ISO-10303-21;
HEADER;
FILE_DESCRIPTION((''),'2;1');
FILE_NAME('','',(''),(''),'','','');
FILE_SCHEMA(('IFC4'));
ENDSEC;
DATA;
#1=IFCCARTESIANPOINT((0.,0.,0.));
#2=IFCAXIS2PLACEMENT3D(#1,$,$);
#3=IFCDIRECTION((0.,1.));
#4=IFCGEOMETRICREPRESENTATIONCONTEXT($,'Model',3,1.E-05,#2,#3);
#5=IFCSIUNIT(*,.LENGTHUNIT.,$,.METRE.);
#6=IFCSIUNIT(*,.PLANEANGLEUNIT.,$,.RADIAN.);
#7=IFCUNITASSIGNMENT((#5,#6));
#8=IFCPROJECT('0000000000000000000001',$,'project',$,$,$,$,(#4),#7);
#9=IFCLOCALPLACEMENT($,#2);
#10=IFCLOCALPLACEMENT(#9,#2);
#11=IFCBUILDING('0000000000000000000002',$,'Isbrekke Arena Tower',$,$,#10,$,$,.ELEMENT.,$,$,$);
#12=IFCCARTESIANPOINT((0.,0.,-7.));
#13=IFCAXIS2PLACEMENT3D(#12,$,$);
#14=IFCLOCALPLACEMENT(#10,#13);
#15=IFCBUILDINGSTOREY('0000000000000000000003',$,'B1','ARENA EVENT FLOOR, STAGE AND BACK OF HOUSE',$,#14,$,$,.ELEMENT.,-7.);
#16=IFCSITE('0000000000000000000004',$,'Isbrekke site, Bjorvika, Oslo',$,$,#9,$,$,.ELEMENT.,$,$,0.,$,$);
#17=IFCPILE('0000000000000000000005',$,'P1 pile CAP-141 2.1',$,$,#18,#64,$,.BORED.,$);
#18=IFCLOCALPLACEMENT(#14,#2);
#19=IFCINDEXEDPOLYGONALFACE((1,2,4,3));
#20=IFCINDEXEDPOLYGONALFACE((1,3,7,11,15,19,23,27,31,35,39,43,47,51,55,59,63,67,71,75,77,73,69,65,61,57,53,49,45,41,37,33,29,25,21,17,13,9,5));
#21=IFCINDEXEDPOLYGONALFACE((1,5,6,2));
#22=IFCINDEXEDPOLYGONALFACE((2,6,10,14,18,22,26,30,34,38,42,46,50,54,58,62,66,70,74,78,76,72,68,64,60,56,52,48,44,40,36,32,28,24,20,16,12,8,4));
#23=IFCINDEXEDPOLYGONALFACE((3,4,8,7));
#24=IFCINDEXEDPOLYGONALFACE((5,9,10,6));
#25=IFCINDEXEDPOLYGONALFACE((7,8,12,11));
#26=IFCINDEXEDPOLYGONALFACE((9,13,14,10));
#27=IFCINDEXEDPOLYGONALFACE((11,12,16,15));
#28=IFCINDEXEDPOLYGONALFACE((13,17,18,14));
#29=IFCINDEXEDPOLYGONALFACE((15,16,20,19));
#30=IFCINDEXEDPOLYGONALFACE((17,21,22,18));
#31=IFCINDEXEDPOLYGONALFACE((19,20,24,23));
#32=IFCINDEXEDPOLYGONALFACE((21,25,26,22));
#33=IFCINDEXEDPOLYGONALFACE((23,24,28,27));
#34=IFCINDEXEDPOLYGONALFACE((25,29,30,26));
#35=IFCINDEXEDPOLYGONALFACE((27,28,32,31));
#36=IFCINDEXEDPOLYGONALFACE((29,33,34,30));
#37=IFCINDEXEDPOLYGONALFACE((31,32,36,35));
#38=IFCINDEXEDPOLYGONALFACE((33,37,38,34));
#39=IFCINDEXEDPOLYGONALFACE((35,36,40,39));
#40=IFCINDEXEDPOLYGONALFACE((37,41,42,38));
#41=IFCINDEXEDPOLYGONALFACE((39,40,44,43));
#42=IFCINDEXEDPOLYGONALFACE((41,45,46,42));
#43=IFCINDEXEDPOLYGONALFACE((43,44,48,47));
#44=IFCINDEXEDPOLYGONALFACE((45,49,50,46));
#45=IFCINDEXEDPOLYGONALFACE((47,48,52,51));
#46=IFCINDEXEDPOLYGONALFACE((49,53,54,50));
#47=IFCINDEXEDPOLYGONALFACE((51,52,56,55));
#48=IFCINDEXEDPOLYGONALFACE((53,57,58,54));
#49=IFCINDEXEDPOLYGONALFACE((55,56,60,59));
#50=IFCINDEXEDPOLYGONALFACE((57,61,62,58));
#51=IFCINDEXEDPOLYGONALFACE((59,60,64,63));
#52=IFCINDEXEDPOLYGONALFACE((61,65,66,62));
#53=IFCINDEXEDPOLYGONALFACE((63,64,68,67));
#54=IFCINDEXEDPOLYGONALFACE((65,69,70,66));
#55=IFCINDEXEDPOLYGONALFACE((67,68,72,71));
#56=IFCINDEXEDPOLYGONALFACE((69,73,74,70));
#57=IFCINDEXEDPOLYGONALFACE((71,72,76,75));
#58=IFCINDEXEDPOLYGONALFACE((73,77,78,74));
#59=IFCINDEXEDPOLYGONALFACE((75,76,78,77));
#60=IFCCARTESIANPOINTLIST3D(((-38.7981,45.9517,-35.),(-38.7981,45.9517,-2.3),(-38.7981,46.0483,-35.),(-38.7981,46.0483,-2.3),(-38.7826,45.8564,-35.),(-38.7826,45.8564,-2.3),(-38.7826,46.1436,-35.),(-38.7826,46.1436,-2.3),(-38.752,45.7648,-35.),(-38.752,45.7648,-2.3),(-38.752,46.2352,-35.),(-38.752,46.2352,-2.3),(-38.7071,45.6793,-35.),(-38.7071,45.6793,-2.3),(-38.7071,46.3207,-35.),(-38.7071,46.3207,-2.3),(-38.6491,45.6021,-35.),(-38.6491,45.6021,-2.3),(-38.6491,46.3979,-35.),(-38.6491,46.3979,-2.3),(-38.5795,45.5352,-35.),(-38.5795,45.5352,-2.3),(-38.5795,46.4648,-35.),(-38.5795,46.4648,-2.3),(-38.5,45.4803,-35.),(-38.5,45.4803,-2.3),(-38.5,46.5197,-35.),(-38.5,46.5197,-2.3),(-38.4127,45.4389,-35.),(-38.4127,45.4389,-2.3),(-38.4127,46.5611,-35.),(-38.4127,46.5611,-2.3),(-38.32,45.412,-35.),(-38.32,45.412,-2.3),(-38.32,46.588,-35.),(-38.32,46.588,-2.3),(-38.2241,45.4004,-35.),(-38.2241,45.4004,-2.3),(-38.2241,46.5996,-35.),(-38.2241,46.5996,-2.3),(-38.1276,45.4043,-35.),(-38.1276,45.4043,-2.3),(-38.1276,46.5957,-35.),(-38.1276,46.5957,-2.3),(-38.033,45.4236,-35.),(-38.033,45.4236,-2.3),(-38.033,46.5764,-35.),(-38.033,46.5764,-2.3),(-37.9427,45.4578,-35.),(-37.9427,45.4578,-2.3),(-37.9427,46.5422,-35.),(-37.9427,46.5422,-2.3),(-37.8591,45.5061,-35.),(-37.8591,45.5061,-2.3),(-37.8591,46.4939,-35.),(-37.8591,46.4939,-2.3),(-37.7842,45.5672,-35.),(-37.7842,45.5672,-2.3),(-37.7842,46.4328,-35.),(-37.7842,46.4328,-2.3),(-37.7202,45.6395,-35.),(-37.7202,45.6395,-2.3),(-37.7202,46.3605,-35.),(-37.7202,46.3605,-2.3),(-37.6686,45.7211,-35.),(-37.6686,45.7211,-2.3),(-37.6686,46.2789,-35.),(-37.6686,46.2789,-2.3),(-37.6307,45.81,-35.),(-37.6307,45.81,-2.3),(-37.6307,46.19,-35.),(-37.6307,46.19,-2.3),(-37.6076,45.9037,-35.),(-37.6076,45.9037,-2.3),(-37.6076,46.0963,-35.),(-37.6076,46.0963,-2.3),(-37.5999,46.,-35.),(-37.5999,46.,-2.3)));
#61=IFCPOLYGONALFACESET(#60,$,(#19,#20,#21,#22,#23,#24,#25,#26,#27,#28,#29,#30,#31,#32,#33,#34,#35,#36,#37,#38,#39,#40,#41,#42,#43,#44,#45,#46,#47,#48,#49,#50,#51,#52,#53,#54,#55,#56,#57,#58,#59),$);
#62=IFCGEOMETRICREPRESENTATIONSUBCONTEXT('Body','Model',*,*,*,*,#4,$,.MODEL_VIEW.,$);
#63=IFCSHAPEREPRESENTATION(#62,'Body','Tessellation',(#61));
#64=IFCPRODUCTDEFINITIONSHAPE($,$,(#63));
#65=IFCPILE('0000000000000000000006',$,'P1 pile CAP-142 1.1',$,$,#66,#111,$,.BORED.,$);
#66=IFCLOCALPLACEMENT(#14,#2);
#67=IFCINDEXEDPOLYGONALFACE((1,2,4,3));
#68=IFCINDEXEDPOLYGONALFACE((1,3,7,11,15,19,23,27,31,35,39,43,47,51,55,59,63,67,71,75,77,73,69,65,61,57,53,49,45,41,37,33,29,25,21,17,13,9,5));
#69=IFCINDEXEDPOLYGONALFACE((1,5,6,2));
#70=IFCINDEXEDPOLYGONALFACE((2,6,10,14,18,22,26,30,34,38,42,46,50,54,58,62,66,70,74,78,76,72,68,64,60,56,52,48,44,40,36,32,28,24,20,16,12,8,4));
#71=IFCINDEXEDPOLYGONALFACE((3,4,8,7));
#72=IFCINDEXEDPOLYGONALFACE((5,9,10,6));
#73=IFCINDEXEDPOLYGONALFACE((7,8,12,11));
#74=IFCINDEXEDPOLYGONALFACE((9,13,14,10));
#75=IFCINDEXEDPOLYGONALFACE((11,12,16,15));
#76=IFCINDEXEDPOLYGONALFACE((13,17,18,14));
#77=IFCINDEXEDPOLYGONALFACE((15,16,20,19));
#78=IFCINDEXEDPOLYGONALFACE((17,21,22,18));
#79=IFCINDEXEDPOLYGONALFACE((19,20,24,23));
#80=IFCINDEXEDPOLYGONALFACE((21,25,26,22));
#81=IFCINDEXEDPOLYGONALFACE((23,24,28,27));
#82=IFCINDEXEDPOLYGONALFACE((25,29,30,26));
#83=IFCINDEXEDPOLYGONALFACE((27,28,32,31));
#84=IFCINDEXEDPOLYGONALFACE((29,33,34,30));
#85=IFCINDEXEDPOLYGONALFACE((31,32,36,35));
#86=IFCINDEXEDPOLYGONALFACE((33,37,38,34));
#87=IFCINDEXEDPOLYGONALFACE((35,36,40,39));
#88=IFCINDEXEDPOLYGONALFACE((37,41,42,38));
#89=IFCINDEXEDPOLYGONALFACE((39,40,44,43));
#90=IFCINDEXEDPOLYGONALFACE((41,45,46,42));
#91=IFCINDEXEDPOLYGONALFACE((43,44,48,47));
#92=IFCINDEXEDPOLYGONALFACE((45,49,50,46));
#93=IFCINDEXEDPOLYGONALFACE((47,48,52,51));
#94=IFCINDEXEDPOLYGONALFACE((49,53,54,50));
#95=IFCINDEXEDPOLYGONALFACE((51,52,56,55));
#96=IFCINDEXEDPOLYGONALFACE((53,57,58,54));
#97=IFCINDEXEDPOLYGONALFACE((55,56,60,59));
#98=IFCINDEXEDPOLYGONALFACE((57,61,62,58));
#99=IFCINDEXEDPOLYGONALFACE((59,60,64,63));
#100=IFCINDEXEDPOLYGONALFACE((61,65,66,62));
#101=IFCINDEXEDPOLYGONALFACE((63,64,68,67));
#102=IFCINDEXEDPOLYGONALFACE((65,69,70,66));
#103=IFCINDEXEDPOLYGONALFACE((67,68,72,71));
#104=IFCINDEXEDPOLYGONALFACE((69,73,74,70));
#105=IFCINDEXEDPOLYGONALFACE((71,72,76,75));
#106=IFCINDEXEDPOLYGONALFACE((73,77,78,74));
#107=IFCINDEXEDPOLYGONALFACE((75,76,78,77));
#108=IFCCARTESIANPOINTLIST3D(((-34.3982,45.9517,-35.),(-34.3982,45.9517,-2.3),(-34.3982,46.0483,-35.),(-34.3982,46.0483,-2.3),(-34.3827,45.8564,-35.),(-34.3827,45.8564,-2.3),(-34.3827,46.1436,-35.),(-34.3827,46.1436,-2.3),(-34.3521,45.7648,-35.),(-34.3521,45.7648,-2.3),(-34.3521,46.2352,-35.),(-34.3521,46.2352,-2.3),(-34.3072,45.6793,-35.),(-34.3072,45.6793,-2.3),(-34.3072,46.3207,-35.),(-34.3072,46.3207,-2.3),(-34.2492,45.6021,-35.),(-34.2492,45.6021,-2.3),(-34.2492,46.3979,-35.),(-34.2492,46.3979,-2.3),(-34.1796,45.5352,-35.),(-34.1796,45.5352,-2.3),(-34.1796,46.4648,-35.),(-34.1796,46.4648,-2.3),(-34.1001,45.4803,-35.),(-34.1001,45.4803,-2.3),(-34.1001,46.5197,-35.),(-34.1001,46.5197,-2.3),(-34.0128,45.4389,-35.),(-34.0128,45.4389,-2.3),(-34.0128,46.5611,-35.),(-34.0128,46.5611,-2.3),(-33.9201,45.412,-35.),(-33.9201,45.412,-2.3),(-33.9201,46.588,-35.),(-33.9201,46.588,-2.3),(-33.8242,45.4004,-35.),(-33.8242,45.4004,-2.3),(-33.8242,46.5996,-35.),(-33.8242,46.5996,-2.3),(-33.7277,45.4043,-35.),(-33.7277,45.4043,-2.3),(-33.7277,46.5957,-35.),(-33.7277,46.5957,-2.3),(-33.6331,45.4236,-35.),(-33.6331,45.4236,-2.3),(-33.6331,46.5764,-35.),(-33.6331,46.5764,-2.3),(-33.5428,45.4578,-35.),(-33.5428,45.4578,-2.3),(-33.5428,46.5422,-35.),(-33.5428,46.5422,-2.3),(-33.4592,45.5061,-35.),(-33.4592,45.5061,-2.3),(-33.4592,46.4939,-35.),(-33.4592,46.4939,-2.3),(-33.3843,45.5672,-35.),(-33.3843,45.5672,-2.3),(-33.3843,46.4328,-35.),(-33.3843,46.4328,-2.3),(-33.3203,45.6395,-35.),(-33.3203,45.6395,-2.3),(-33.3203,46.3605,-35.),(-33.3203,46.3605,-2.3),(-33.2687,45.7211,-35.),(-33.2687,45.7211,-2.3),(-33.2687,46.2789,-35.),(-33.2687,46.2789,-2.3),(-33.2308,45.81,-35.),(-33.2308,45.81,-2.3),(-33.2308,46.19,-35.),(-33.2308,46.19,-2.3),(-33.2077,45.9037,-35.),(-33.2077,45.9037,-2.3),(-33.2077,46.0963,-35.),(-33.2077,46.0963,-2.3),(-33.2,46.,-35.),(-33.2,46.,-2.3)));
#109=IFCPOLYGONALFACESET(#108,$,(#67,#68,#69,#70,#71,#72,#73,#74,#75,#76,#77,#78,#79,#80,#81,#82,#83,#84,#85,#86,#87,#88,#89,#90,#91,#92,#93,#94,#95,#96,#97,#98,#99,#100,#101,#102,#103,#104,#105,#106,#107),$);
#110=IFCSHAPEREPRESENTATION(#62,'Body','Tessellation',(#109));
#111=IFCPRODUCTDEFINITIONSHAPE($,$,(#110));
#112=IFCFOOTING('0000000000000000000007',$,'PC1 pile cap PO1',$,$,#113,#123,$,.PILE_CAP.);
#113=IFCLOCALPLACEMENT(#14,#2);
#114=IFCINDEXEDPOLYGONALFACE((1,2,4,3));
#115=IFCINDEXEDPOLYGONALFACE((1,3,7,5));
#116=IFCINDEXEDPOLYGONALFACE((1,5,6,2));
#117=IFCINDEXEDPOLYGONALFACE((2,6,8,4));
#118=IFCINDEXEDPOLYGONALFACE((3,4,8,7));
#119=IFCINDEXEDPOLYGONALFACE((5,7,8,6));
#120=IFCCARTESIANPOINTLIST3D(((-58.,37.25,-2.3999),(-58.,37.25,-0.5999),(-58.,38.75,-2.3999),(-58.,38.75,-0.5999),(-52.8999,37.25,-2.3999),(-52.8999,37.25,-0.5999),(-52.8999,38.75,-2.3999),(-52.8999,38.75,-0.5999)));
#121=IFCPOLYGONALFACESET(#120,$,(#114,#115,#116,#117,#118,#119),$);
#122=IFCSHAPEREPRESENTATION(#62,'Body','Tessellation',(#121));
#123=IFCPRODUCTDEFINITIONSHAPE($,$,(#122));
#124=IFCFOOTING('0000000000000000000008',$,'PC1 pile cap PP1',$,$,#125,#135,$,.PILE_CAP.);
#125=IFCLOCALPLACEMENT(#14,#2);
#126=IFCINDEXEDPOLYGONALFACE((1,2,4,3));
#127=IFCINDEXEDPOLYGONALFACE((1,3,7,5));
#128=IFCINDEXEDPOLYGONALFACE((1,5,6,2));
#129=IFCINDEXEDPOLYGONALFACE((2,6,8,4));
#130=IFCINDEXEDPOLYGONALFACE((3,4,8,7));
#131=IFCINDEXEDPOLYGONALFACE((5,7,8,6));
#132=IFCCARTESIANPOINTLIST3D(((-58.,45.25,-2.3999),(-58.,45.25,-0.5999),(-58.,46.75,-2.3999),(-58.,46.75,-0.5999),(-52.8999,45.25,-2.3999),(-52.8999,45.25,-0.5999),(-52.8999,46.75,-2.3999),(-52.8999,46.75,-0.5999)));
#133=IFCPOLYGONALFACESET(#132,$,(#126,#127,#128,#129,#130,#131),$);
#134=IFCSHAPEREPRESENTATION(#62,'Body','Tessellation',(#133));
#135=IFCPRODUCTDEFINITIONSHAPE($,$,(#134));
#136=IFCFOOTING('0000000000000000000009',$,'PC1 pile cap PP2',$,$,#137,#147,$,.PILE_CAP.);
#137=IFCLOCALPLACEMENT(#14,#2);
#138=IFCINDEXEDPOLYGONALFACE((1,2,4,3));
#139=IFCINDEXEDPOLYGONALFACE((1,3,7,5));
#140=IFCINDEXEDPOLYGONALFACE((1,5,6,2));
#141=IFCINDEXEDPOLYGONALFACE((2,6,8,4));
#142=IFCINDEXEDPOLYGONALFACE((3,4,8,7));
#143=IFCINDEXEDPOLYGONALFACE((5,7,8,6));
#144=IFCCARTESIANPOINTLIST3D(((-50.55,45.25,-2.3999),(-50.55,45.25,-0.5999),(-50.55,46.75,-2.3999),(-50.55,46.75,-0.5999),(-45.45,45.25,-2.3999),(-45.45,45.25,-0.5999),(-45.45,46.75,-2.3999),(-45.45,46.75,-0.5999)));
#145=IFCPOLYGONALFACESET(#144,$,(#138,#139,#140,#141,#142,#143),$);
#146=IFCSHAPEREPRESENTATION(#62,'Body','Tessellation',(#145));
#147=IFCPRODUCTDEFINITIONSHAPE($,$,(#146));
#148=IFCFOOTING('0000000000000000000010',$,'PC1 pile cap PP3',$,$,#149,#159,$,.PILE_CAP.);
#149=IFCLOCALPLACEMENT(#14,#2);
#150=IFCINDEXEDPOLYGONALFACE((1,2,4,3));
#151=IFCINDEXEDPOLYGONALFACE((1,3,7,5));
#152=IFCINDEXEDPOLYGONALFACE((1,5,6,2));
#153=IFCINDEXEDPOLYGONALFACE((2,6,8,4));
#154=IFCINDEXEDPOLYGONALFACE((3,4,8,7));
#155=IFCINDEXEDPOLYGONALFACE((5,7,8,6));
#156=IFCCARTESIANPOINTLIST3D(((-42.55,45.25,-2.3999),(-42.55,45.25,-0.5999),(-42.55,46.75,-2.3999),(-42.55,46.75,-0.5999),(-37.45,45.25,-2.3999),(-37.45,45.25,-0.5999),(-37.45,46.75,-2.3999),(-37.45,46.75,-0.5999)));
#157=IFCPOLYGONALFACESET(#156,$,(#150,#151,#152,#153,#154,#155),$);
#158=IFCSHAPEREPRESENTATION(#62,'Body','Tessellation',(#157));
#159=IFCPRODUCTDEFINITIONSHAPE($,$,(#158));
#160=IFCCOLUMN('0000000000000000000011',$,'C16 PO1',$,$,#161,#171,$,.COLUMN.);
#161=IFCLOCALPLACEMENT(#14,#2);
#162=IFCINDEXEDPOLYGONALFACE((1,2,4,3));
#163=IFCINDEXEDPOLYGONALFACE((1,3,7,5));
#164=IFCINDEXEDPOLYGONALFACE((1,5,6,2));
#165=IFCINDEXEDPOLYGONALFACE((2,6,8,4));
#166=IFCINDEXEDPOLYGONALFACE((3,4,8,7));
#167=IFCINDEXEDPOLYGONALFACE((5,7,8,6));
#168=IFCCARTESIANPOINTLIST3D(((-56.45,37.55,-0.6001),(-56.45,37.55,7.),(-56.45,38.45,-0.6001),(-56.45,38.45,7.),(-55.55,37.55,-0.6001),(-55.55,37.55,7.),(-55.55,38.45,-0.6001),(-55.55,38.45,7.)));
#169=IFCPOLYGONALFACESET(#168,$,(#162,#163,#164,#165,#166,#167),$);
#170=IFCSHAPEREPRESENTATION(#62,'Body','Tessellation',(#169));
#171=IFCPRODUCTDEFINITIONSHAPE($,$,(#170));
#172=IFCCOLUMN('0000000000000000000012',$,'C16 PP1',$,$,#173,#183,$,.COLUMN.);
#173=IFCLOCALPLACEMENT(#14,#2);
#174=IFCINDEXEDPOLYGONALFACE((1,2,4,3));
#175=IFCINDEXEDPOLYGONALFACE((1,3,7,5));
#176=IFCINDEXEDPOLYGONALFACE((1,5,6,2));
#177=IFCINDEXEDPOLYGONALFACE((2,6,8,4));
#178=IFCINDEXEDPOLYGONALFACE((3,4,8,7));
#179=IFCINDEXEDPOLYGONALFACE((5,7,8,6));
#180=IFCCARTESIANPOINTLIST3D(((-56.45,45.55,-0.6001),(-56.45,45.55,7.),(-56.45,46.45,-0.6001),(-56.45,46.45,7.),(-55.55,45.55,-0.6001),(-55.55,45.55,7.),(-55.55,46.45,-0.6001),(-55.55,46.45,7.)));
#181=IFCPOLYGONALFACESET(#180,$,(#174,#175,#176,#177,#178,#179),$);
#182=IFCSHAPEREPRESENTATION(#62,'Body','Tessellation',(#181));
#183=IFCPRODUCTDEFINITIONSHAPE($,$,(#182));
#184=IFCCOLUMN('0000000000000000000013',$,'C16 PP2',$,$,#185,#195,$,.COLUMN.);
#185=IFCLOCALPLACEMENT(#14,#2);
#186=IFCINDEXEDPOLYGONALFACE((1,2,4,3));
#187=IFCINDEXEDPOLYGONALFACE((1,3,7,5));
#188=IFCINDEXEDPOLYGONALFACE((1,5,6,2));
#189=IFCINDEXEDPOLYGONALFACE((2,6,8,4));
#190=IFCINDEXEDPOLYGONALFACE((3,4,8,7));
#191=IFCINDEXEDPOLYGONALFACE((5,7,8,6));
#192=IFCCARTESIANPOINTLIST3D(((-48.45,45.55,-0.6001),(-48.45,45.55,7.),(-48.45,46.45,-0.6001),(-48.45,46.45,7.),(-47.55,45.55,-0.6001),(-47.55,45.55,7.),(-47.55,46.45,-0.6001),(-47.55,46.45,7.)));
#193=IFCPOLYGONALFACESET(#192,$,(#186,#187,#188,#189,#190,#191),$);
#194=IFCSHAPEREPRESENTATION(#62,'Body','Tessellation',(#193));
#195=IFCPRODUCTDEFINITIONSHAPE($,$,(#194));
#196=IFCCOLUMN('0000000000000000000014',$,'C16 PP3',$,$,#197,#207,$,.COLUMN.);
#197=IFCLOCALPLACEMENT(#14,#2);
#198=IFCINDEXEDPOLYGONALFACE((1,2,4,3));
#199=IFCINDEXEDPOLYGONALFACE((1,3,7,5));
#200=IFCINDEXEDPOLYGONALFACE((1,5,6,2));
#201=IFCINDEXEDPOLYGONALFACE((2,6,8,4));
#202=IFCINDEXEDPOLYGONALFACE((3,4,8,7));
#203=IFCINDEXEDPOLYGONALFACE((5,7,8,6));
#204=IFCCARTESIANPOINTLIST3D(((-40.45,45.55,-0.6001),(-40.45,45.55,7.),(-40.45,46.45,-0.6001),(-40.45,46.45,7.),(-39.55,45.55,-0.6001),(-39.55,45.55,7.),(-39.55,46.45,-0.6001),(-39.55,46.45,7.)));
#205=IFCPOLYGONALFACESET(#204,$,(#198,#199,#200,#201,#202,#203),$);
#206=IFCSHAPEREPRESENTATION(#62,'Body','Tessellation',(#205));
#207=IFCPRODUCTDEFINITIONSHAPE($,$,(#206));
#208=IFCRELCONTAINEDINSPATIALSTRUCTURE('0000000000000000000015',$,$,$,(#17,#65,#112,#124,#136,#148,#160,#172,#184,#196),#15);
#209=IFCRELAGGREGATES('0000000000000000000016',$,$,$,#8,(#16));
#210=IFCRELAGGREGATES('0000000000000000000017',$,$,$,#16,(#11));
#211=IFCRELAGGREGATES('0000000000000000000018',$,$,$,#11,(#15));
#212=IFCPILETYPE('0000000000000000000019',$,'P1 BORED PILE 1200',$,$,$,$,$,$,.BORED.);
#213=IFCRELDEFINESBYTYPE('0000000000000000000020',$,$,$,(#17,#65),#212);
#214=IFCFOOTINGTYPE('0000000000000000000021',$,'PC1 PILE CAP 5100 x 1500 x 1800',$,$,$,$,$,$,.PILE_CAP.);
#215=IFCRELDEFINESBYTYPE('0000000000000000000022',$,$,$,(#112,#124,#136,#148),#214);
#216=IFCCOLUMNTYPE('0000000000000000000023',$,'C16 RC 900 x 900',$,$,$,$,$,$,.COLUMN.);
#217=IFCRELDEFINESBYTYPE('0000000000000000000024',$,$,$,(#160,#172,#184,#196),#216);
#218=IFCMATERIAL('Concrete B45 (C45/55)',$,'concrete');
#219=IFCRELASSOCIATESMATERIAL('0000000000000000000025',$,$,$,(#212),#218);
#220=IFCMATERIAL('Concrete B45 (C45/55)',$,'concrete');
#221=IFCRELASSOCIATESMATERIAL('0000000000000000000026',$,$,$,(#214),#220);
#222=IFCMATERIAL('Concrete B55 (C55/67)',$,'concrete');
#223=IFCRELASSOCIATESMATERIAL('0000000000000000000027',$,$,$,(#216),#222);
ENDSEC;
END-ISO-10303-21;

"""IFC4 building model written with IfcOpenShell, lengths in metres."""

from ifc_helpers import new_model, si_unit, direction, frame, origin, origin_2d, place, context, subcontext, project, spatial, rectangle, circle, extrude, material, material_profile, profile_set, type_object, element, save


model = new_model("IFC4")

# Units and contexts
model_context = context("Model", 3, precision=1e-05, world=origin(), true_north=direction((0.0, 1.0)))
body_context = subcontext(model_context, "Body", "Model", "MODEL_VIEW")
ifc_project = project(units=[si_unit("LENGTHUNIT", "METRE"), si_unit("PLANEANGLEUNIT", "RADIAN")], contexts=[model_context])

# Site, building, storey
site_placement = place(None, origin())
site = spatial("IfcSite", under=ifc_project, at=site_placement, Name="Isbrekke site, Bjorvika, Oslo", CompositionType="ELEMENT", RefElevation=0.0)
building_placement = place(site_placement, origin())
building = spatial("IfcBuilding", under=site, at=building_placement, Name="Isbrekke Arena Tower", CompositionType="ELEMENT")
storey_placement = place(building_placement, frame((0.0, 0.0, -7.0)))
storey = spatial("IfcBuildingStorey", under=building, at=storey_placement, Name="B1", Description="ARENA EVENT FLOOR, STAGE AND BACK OF HOUSE", CompositionType="ELEMENT", Elevation=-7.0)

# Piles
ifc_material_1 = material(Name="Concrete B45 (C45/55)", Category="concrete")
ifc_material_profile_1 = material_profile(ifc_material_1, circle(Radius=0.6001, at=origin_2d()), Name="BORED PILE D1200")
ifc_profile_set_1 = profile_set([ifc_material_profile_1], Name="Concrete B45 (C45/55)")
pile_type = type_object("IfcPileType", Name="P1 BORED PILE 1200", PredefinedType="BORED", material=ifc_profile_set_1)
for number, where, z_axis, x_axis, name in (
    (1, (-38.2, 46.0, -2.3), (0.0, 0.0, -1.0), (1.0, 0.0, 0.0), "P1 pile CAP-141 2.1"),
    (2, (-33.8, 46.0, -2.3), (0.0, 0.0, -1.0), (1.0, 0.0, 0.0), "P1 pile CAP-142 1.1"),
):
    element("IfcPile", number, at=place(storey_placement, frame(where, z_axis=z_axis, x_axis=x_axis)), inside=storey, type_object=pile_type, Name=name, PredefinedType="BORED", context=body_context, shape_type="SweptSolid", body=[
        extrude(circle(Radius=0.6001, at=origin_2d()), origin(), (0.0, 0.0, 1.0), 32.7),
    ])

# Footings
ifc_material_2 = material(Name="Concrete B45 (C45/55)", Category="concrete")
footing_type = type_object("IfcFootingType", Name="PC1 PILE CAP 5100 x 1500 x 1800", PredefinedType="PILE_CAP", material=ifc_material_2)
for number, where, z_axis, x_axis, name in (
    (3, (-55.45, 38.0, -2.3999), (0.0, 0.0, 1.0), (1.0, 0.0, 0.0), "PC1 pile cap PO1"),
    (4, (-55.45, 46.0, -2.3999), (0.0, 0.0, 1.0), (1.0, 0.0, 0.0), "PC1 pile cap PP1"),
    (5, (-48.0, 46.0, -2.3999), (0.0, 0.0, 1.0), (1.0, 0.0, 0.0), "PC1 pile cap PP2"),
    (6, (-40.0, 46.0, -2.3999), (0.0, 0.0, 1.0), (1.0, 0.0, 0.0), "PC1 pile cap PP3"),
):
    element("IfcFooting", number, at=place(storey_placement, frame(where, z_axis=z_axis, x_axis=x_axis)), inside=storey, type_object=footing_type, Name=name, PredefinedType="PILE_CAP", context=body_context, shape_type="SweptSolid", body=[
        extrude(rectangle(XDim=5.1001, YDim=1.5, at=origin_2d()), origin(), (0.0, 0.0, 1.0), 1.8),
    ])

# Columns
ifc_material_3 = material(Name="Concrete B55 (C55/67)", Category="concrete")
ifc_material_profile_2 = material_profile(ifc_material_3, rectangle(XDim=0.8999, YDim=0.8999, at=origin_2d()), Name="RC 900x900")
ifc_profile_set_2 = profile_set([ifc_material_profile_2], Name="Concrete B55 (C55/67)")
column_type = type_object("IfcColumnType", Name="C16 RC 900 x 900", PredefinedType="COLUMN", material=ifc_profile_set_2)
for number, where, z_axis, x_axis, name in (
    (7, (-56.0, 38.0, -0.6001), (0.0, 0.0, 1.0), (1.0, 0.0, 0.0), "C16 PO1"),
    (8, (-56.0, 46.0, -0.6001), (0.0, 0.0, 1.0), (1.0, 0.0, 0.0), "C16 PP1"),
    (9, (-48.0, 46.0, -0.6001), (0.0, 0.0, 1.0), (1.0, 0.0, 0.0), "C16 PP2"),
    (10, (-40.0, 46.0, -0.6001), (0.0, 0.0, 1.0), (1.0, 0.0, 0.0), "C16 PP3"),
):
    element("IfcColumn", number, at=place(storey_placement, frame(where, z_axis=z_axis, x_axis=x_axis)), inside=storey, type_object=column_type, Name=name, PredefinedType="COLUMN", context=body_context, shape_type="SweptSolid", body=[
        extrude(rectangle(XDim=0.8999, YDim=0.8999, at=origin_2d()), origin(), (0.0, 0.0, 1.0), 7.6001),
    ])

save(model, "model.ifc")
